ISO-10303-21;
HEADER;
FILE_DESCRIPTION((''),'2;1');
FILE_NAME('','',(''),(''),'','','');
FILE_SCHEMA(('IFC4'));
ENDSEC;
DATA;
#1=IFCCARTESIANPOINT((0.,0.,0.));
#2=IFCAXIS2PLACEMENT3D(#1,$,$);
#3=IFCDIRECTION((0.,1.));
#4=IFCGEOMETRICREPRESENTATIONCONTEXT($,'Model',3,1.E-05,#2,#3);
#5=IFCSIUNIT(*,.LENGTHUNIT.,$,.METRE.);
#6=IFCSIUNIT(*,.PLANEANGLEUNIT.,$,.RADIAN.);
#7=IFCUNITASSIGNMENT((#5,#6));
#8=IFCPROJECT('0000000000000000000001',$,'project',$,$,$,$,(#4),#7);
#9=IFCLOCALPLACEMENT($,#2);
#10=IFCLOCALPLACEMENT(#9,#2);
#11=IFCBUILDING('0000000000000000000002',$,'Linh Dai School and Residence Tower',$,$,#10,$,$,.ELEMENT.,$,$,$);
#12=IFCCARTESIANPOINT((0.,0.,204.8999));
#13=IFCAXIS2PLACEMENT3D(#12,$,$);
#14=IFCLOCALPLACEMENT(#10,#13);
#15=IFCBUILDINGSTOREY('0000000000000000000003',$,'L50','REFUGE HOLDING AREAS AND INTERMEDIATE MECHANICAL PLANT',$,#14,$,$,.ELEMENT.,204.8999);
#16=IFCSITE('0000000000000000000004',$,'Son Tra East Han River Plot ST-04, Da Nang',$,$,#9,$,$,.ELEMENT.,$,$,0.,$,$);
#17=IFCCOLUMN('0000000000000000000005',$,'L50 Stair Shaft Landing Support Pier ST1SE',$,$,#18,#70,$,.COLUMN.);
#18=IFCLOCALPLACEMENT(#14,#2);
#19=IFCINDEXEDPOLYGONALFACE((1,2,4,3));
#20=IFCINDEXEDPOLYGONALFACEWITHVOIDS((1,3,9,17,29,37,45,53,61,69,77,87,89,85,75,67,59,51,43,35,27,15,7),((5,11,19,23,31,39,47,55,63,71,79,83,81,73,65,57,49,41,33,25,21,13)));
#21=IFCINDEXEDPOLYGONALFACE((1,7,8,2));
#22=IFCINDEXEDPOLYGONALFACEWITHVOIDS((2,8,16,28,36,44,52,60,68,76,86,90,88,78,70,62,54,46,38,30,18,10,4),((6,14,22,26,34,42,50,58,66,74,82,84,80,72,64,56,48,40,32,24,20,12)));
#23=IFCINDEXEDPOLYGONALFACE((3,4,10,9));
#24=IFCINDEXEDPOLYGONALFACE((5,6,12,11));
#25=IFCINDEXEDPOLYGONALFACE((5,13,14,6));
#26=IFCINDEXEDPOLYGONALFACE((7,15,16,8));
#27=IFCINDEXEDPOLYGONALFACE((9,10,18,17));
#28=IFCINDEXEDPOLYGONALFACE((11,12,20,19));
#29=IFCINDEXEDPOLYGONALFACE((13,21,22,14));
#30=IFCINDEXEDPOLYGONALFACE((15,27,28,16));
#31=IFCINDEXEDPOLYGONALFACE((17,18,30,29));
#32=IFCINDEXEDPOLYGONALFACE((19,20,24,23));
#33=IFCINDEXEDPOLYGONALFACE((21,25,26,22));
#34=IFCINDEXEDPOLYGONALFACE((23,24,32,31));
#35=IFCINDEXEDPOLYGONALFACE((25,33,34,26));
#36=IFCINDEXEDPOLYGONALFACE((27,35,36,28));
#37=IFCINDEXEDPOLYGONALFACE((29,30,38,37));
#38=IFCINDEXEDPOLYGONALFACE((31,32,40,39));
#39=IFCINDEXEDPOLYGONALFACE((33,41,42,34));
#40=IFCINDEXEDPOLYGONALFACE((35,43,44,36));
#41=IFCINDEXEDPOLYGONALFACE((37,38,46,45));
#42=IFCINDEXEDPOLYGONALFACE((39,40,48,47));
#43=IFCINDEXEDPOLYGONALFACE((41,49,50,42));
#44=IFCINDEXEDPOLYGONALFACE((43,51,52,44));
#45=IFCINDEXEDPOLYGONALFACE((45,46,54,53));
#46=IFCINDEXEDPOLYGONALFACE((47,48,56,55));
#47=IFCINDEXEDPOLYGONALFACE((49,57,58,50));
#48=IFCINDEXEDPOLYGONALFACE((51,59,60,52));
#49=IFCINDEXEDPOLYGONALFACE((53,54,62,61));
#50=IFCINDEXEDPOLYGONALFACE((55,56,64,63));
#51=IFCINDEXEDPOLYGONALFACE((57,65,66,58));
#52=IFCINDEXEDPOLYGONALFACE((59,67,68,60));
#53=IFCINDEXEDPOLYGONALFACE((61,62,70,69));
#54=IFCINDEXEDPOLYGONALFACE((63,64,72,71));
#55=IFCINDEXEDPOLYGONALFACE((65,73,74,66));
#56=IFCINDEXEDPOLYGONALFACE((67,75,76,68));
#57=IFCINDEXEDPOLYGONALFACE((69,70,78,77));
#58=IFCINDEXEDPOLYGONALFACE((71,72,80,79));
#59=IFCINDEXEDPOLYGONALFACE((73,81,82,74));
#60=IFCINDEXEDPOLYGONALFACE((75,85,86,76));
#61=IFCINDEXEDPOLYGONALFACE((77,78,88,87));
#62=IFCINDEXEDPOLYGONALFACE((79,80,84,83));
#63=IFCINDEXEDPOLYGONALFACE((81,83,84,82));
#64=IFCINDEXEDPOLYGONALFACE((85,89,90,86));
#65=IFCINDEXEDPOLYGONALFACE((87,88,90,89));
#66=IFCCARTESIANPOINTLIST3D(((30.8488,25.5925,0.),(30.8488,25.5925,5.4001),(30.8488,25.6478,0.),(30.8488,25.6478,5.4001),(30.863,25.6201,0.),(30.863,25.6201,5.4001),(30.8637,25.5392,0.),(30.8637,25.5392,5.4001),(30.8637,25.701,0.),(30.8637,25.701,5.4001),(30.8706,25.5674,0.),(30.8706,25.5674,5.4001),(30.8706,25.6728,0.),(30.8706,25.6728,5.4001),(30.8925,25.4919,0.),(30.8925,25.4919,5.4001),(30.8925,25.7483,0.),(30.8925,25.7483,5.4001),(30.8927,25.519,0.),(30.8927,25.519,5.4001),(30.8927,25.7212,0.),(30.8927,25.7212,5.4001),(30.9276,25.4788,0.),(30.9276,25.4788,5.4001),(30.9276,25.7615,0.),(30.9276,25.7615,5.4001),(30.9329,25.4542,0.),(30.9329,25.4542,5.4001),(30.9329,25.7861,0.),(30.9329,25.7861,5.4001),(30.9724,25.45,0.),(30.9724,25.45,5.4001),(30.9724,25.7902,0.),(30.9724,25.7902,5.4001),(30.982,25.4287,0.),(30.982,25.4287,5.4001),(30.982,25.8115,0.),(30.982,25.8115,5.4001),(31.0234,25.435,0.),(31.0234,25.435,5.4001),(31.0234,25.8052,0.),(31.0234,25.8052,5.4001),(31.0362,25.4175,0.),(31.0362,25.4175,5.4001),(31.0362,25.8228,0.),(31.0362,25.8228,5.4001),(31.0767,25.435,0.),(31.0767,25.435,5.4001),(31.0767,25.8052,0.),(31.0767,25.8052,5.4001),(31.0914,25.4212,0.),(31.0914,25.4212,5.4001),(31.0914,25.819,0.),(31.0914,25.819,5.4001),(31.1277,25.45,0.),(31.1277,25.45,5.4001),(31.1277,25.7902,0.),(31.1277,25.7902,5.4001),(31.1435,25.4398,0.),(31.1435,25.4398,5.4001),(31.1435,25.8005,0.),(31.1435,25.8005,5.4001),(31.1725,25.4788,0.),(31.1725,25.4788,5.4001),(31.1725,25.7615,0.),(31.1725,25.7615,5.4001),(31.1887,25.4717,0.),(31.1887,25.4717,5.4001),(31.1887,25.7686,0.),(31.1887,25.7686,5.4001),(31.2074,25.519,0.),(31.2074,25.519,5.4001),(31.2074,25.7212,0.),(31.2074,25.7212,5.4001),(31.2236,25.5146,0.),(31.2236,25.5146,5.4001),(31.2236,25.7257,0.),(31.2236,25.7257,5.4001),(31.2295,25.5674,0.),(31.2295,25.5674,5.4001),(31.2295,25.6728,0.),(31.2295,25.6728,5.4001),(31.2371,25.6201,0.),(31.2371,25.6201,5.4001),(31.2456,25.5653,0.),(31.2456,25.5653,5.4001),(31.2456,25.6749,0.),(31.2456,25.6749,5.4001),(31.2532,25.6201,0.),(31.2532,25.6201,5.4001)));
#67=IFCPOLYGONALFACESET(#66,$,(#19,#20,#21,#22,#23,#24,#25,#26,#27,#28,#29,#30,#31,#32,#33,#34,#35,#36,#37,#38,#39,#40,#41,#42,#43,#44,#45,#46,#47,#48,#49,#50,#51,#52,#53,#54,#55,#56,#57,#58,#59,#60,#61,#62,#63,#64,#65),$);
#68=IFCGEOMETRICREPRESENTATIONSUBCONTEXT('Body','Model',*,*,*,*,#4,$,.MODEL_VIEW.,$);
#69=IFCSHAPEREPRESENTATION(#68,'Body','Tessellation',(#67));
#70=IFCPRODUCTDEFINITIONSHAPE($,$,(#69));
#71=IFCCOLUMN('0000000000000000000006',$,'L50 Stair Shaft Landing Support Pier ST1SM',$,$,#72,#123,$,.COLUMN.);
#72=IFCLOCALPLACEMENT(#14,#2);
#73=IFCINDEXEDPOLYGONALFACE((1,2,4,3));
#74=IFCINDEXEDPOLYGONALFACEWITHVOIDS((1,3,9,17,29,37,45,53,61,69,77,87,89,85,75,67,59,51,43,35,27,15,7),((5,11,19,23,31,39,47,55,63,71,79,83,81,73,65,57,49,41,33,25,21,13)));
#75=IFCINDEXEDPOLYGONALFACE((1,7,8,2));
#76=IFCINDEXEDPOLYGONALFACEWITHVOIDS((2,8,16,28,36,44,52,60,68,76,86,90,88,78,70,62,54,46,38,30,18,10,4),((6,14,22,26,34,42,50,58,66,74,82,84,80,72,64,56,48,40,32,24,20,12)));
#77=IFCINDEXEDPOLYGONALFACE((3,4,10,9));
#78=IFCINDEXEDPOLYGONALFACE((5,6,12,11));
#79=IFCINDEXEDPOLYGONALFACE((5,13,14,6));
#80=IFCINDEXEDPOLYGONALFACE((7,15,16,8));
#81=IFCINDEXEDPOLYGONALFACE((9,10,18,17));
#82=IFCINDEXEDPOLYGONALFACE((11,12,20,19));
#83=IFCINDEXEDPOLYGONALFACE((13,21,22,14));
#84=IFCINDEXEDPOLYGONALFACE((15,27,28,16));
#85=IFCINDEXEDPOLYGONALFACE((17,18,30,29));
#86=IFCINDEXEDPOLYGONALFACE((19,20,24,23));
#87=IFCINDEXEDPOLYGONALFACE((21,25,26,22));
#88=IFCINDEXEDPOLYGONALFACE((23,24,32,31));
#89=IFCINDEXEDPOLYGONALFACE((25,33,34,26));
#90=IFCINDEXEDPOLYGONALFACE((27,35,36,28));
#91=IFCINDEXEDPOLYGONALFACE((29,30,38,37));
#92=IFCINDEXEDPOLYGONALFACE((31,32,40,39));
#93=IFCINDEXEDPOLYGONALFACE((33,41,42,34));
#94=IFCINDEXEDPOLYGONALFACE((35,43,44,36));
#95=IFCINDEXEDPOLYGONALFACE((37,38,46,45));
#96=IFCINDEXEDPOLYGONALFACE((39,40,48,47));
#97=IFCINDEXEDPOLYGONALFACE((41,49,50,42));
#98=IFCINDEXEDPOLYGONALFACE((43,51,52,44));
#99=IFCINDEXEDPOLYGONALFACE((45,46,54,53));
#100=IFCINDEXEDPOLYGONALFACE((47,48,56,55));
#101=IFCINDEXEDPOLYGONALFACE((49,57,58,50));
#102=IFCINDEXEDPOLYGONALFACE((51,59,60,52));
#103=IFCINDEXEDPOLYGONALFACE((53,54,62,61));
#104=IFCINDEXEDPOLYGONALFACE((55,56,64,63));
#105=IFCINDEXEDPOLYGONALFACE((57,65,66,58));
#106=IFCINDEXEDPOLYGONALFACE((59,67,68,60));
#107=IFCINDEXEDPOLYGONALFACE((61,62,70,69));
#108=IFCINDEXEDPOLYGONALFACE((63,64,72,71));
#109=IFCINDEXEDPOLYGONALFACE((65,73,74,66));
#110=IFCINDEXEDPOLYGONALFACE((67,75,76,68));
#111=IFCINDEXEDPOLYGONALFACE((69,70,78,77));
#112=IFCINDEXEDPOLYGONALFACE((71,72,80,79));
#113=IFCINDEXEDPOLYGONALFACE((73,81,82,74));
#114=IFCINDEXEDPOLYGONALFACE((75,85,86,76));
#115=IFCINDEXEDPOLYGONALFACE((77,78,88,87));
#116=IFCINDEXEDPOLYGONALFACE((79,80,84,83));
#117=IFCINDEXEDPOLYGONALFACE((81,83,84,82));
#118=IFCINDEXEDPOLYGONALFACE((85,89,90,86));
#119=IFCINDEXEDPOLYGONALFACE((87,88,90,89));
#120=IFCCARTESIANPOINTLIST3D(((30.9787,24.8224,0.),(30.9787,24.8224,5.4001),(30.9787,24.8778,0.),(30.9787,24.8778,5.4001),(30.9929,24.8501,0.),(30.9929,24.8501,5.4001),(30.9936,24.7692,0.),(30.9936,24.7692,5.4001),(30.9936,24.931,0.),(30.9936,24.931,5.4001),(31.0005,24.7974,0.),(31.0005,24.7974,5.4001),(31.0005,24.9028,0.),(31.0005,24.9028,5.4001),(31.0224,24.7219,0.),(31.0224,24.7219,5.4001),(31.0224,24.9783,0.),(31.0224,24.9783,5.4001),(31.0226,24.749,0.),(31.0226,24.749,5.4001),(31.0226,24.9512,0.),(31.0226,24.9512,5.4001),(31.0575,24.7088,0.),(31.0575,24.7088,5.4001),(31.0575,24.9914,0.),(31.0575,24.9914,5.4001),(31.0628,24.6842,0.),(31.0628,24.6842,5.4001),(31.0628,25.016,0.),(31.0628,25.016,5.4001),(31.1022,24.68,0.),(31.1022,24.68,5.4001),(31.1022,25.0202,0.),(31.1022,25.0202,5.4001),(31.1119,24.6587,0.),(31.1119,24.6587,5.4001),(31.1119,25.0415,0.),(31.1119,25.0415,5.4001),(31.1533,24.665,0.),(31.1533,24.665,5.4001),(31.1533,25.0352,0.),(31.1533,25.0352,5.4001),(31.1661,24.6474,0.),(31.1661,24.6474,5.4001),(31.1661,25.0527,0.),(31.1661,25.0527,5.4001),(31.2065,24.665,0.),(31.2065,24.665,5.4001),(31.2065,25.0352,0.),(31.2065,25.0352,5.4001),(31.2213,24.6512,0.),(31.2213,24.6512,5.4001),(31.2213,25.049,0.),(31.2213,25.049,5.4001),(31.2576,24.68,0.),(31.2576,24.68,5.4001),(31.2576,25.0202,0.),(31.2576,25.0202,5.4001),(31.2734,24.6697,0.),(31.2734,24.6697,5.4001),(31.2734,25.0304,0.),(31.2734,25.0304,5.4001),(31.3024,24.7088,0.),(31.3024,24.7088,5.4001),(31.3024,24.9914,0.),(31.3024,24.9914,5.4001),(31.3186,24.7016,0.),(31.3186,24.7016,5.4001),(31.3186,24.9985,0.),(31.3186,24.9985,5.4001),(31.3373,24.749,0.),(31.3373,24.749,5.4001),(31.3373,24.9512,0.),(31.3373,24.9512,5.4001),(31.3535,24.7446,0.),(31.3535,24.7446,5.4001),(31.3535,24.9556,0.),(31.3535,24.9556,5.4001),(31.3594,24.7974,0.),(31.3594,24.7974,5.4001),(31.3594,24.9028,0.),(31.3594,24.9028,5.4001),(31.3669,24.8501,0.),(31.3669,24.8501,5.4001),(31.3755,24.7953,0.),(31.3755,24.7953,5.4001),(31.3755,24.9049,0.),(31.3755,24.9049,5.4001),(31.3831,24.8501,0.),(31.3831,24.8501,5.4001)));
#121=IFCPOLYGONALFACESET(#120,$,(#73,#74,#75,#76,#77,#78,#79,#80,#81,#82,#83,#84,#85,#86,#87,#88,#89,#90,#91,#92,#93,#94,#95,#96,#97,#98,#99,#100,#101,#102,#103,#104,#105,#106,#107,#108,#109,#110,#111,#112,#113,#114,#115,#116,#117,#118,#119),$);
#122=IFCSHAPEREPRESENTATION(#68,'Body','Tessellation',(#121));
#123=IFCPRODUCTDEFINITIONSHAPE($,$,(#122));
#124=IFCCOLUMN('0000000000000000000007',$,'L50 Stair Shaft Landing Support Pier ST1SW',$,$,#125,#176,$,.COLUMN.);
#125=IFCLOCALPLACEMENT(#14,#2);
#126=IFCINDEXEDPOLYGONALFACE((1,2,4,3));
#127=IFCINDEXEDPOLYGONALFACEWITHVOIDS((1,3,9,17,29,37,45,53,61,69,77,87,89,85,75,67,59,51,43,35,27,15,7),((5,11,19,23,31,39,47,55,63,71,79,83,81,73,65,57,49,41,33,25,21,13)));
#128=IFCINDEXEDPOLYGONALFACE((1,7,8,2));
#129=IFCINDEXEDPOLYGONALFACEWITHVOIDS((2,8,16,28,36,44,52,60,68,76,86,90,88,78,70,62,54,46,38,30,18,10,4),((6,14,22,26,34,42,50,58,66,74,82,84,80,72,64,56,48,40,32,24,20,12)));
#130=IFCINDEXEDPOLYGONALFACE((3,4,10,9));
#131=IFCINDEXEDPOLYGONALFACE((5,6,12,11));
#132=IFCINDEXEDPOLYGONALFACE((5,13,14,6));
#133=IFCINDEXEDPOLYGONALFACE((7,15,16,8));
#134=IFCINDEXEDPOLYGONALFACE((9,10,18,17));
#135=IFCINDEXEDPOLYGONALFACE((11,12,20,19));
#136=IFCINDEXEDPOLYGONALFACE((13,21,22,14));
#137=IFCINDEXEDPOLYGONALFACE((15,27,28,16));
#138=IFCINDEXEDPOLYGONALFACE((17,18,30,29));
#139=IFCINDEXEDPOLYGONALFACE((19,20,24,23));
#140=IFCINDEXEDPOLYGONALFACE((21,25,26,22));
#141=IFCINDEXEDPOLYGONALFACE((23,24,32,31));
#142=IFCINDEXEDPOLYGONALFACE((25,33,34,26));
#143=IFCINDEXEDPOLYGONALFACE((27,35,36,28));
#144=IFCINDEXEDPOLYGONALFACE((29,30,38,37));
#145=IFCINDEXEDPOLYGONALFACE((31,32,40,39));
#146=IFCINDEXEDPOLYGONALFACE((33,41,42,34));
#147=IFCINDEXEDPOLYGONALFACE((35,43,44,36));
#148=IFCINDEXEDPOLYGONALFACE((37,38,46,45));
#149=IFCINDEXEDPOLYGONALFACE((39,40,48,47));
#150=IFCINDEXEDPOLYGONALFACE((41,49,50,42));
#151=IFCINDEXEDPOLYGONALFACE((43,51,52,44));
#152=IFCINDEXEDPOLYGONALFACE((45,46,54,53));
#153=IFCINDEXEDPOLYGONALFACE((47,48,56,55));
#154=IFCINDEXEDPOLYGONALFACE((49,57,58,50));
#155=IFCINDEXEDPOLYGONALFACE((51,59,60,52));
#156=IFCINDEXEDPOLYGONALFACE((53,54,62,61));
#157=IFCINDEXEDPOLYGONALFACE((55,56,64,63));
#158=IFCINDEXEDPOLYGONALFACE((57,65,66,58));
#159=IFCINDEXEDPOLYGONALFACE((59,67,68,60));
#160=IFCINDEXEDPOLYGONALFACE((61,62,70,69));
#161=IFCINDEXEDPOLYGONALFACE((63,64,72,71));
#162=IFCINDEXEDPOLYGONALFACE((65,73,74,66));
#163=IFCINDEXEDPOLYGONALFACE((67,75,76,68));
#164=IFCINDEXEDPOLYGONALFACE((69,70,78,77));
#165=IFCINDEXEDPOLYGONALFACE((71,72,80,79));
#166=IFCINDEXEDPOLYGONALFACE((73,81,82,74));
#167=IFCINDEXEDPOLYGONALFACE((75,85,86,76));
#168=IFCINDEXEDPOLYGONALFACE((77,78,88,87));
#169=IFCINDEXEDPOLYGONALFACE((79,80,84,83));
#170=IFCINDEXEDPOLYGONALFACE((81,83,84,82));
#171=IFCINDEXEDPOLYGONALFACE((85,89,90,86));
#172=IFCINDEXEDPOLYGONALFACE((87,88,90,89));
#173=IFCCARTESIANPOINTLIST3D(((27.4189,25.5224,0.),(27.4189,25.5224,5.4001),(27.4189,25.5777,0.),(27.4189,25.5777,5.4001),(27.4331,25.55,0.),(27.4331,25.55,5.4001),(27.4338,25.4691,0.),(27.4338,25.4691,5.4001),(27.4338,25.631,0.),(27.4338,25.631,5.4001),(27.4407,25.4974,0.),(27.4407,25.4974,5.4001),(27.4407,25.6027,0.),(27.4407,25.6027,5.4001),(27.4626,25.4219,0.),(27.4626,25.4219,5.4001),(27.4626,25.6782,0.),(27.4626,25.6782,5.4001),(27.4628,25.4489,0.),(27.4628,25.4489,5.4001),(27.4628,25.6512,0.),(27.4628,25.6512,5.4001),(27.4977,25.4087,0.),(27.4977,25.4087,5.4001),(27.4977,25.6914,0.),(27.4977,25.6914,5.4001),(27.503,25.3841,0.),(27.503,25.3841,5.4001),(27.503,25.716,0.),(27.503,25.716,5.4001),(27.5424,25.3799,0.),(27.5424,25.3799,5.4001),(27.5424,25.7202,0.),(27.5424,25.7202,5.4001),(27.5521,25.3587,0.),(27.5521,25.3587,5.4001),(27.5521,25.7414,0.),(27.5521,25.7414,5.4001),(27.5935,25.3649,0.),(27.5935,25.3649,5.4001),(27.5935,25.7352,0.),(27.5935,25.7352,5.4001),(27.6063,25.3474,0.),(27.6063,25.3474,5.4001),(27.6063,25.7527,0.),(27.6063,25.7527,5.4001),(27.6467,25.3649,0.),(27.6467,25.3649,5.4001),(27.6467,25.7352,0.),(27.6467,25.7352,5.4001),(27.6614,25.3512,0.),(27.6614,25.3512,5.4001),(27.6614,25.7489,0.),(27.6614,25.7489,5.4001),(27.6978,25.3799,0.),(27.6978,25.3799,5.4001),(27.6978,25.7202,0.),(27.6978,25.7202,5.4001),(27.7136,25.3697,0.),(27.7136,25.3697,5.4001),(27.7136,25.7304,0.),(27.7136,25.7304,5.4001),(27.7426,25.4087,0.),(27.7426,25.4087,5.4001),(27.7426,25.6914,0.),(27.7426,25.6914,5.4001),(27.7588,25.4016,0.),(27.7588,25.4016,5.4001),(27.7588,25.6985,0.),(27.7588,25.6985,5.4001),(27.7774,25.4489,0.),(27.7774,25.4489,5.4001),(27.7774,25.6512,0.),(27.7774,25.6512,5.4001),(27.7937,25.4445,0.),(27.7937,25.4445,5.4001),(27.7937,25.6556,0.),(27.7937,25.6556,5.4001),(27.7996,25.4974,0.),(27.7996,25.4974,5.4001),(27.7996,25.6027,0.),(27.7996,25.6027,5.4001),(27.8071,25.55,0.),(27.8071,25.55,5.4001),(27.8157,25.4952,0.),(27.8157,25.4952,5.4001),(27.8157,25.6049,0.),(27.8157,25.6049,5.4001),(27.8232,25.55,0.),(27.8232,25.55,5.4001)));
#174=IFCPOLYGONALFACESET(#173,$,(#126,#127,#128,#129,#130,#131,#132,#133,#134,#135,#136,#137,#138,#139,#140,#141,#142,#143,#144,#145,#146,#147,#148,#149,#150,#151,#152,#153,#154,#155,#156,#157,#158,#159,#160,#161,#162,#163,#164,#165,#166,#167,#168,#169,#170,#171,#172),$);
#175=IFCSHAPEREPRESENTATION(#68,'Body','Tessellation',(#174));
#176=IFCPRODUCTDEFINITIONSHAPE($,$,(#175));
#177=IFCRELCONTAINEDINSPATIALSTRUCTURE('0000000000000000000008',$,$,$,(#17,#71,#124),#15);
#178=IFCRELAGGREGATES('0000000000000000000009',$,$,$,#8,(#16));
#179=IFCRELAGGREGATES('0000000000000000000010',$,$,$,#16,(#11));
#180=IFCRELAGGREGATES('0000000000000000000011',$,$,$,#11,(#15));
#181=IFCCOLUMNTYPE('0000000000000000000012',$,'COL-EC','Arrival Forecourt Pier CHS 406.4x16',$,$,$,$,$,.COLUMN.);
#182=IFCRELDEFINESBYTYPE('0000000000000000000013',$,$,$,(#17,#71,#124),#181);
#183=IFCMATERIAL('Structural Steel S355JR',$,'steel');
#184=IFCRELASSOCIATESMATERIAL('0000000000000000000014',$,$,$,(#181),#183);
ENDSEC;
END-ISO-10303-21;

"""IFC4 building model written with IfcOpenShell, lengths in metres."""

from ifc_helpers import new_model, si_unit, direction, frame, origin, origin_2d, place, context, subcontext, project, spatial, hollow_circle, extrude, material, material_profile, profile_set, type_object, element, save


model = new_model("IFC4")

# Units and contexts
model_context = context("Model", 3, precision=1e-05, world=origin(), true_north=direction((0.0, 1.0)))
body_context = subcontext(model_context, "Body", "Model", "MODEL_VIEW")
ifc_project = project(units=[si_unit("LENGTHUNIT", "METRE"), si_unit("PLANEANGLEUNIT", "RADIAN")], contexts=[model_context])

# Site, building, storey
site_placement = place(None, origin())
site = spatial("IfcSite", under=ifc_project, at=site_placement, Name="Son Tra East Han River Plot ST-04, Da Nang", CompositionType="ELEMENT", RefElevation=0.0)
building_placement = place(site_placement, origin())
building = spatial("IfcBuilding", under=site, at=building_placement, Name="Linh Dai School and Residence Tower", CompositionType="ELEMENT")
storey_placement = place(building_placement, frame((0.0, 0.0, 204.8999)))
storey = spatial("IfcBuildingStorey", under=building, at=storey_placement, Name="L50", Description="REFUGE HOLDING AREAS AND INTERMEDIATE MECHANICAL PLANT", CompositionType="ELEMENT", Elevation=204.8999)

# Columns
ifc_material_1 = material(Name="Structural Steel S355JR", Category="steel")
ifc_material_profile_1 = material_profile(ifc_material_1, hollow_circle(Radius=0.2031, WallThickness=0.0161, at=origin_2d()), Name="CHS 406.4x16")
ifc_profile_set_1 = profile_set([ifc_material_profile_1], Name="Structural Steel S355JR")
column_type_1 = type_object("IfcColumnType", Name="COL-EC", Description="Arrival Forecourt Pier CHS 406.4x16", PredefinedType="COLUMN", material=ifc_profile_set_1)
for number, where, z_axis, x_axis, name in (
    (1, (31.05, 25.6201, 0.0), (0.0, 0.0, 1.0), (1.0, 0.0, 0.0), "L50 Stair Shaft Landing Support Pier ST1SE"),
    (2, (31.1799, 24.8501, 0.0), (0.0, 0.0, 1.0), (1.0, 0.0, 0.0), "L50 Stair Shaft Landing Support Pier ST1SM"),
    (3, (27.6201, 25.55, 0.0), (0.0, 0.0, 1.0), (1.0, 0.0, 0.0), "L50 Stair Shaft Landing Support Pier ST1SW"),
):
    element("IfcColumn", number, at=place(storey_placement, frame(where, z_axis=z_axis, x_axis=x_axis)), inside=storey, type_object=column_type_1, Name=name, PredefinedType="COLUMN", context=body_context, shape_type="SweptSolid", body=[
        extrude(hollow_circle(Radius=0.2031, WallThickness=0.0161, at=origin_2d()), origin(), (0.0, 0.0, 1.0), 5.4001),
    ])

save(model, "model.ifc")
